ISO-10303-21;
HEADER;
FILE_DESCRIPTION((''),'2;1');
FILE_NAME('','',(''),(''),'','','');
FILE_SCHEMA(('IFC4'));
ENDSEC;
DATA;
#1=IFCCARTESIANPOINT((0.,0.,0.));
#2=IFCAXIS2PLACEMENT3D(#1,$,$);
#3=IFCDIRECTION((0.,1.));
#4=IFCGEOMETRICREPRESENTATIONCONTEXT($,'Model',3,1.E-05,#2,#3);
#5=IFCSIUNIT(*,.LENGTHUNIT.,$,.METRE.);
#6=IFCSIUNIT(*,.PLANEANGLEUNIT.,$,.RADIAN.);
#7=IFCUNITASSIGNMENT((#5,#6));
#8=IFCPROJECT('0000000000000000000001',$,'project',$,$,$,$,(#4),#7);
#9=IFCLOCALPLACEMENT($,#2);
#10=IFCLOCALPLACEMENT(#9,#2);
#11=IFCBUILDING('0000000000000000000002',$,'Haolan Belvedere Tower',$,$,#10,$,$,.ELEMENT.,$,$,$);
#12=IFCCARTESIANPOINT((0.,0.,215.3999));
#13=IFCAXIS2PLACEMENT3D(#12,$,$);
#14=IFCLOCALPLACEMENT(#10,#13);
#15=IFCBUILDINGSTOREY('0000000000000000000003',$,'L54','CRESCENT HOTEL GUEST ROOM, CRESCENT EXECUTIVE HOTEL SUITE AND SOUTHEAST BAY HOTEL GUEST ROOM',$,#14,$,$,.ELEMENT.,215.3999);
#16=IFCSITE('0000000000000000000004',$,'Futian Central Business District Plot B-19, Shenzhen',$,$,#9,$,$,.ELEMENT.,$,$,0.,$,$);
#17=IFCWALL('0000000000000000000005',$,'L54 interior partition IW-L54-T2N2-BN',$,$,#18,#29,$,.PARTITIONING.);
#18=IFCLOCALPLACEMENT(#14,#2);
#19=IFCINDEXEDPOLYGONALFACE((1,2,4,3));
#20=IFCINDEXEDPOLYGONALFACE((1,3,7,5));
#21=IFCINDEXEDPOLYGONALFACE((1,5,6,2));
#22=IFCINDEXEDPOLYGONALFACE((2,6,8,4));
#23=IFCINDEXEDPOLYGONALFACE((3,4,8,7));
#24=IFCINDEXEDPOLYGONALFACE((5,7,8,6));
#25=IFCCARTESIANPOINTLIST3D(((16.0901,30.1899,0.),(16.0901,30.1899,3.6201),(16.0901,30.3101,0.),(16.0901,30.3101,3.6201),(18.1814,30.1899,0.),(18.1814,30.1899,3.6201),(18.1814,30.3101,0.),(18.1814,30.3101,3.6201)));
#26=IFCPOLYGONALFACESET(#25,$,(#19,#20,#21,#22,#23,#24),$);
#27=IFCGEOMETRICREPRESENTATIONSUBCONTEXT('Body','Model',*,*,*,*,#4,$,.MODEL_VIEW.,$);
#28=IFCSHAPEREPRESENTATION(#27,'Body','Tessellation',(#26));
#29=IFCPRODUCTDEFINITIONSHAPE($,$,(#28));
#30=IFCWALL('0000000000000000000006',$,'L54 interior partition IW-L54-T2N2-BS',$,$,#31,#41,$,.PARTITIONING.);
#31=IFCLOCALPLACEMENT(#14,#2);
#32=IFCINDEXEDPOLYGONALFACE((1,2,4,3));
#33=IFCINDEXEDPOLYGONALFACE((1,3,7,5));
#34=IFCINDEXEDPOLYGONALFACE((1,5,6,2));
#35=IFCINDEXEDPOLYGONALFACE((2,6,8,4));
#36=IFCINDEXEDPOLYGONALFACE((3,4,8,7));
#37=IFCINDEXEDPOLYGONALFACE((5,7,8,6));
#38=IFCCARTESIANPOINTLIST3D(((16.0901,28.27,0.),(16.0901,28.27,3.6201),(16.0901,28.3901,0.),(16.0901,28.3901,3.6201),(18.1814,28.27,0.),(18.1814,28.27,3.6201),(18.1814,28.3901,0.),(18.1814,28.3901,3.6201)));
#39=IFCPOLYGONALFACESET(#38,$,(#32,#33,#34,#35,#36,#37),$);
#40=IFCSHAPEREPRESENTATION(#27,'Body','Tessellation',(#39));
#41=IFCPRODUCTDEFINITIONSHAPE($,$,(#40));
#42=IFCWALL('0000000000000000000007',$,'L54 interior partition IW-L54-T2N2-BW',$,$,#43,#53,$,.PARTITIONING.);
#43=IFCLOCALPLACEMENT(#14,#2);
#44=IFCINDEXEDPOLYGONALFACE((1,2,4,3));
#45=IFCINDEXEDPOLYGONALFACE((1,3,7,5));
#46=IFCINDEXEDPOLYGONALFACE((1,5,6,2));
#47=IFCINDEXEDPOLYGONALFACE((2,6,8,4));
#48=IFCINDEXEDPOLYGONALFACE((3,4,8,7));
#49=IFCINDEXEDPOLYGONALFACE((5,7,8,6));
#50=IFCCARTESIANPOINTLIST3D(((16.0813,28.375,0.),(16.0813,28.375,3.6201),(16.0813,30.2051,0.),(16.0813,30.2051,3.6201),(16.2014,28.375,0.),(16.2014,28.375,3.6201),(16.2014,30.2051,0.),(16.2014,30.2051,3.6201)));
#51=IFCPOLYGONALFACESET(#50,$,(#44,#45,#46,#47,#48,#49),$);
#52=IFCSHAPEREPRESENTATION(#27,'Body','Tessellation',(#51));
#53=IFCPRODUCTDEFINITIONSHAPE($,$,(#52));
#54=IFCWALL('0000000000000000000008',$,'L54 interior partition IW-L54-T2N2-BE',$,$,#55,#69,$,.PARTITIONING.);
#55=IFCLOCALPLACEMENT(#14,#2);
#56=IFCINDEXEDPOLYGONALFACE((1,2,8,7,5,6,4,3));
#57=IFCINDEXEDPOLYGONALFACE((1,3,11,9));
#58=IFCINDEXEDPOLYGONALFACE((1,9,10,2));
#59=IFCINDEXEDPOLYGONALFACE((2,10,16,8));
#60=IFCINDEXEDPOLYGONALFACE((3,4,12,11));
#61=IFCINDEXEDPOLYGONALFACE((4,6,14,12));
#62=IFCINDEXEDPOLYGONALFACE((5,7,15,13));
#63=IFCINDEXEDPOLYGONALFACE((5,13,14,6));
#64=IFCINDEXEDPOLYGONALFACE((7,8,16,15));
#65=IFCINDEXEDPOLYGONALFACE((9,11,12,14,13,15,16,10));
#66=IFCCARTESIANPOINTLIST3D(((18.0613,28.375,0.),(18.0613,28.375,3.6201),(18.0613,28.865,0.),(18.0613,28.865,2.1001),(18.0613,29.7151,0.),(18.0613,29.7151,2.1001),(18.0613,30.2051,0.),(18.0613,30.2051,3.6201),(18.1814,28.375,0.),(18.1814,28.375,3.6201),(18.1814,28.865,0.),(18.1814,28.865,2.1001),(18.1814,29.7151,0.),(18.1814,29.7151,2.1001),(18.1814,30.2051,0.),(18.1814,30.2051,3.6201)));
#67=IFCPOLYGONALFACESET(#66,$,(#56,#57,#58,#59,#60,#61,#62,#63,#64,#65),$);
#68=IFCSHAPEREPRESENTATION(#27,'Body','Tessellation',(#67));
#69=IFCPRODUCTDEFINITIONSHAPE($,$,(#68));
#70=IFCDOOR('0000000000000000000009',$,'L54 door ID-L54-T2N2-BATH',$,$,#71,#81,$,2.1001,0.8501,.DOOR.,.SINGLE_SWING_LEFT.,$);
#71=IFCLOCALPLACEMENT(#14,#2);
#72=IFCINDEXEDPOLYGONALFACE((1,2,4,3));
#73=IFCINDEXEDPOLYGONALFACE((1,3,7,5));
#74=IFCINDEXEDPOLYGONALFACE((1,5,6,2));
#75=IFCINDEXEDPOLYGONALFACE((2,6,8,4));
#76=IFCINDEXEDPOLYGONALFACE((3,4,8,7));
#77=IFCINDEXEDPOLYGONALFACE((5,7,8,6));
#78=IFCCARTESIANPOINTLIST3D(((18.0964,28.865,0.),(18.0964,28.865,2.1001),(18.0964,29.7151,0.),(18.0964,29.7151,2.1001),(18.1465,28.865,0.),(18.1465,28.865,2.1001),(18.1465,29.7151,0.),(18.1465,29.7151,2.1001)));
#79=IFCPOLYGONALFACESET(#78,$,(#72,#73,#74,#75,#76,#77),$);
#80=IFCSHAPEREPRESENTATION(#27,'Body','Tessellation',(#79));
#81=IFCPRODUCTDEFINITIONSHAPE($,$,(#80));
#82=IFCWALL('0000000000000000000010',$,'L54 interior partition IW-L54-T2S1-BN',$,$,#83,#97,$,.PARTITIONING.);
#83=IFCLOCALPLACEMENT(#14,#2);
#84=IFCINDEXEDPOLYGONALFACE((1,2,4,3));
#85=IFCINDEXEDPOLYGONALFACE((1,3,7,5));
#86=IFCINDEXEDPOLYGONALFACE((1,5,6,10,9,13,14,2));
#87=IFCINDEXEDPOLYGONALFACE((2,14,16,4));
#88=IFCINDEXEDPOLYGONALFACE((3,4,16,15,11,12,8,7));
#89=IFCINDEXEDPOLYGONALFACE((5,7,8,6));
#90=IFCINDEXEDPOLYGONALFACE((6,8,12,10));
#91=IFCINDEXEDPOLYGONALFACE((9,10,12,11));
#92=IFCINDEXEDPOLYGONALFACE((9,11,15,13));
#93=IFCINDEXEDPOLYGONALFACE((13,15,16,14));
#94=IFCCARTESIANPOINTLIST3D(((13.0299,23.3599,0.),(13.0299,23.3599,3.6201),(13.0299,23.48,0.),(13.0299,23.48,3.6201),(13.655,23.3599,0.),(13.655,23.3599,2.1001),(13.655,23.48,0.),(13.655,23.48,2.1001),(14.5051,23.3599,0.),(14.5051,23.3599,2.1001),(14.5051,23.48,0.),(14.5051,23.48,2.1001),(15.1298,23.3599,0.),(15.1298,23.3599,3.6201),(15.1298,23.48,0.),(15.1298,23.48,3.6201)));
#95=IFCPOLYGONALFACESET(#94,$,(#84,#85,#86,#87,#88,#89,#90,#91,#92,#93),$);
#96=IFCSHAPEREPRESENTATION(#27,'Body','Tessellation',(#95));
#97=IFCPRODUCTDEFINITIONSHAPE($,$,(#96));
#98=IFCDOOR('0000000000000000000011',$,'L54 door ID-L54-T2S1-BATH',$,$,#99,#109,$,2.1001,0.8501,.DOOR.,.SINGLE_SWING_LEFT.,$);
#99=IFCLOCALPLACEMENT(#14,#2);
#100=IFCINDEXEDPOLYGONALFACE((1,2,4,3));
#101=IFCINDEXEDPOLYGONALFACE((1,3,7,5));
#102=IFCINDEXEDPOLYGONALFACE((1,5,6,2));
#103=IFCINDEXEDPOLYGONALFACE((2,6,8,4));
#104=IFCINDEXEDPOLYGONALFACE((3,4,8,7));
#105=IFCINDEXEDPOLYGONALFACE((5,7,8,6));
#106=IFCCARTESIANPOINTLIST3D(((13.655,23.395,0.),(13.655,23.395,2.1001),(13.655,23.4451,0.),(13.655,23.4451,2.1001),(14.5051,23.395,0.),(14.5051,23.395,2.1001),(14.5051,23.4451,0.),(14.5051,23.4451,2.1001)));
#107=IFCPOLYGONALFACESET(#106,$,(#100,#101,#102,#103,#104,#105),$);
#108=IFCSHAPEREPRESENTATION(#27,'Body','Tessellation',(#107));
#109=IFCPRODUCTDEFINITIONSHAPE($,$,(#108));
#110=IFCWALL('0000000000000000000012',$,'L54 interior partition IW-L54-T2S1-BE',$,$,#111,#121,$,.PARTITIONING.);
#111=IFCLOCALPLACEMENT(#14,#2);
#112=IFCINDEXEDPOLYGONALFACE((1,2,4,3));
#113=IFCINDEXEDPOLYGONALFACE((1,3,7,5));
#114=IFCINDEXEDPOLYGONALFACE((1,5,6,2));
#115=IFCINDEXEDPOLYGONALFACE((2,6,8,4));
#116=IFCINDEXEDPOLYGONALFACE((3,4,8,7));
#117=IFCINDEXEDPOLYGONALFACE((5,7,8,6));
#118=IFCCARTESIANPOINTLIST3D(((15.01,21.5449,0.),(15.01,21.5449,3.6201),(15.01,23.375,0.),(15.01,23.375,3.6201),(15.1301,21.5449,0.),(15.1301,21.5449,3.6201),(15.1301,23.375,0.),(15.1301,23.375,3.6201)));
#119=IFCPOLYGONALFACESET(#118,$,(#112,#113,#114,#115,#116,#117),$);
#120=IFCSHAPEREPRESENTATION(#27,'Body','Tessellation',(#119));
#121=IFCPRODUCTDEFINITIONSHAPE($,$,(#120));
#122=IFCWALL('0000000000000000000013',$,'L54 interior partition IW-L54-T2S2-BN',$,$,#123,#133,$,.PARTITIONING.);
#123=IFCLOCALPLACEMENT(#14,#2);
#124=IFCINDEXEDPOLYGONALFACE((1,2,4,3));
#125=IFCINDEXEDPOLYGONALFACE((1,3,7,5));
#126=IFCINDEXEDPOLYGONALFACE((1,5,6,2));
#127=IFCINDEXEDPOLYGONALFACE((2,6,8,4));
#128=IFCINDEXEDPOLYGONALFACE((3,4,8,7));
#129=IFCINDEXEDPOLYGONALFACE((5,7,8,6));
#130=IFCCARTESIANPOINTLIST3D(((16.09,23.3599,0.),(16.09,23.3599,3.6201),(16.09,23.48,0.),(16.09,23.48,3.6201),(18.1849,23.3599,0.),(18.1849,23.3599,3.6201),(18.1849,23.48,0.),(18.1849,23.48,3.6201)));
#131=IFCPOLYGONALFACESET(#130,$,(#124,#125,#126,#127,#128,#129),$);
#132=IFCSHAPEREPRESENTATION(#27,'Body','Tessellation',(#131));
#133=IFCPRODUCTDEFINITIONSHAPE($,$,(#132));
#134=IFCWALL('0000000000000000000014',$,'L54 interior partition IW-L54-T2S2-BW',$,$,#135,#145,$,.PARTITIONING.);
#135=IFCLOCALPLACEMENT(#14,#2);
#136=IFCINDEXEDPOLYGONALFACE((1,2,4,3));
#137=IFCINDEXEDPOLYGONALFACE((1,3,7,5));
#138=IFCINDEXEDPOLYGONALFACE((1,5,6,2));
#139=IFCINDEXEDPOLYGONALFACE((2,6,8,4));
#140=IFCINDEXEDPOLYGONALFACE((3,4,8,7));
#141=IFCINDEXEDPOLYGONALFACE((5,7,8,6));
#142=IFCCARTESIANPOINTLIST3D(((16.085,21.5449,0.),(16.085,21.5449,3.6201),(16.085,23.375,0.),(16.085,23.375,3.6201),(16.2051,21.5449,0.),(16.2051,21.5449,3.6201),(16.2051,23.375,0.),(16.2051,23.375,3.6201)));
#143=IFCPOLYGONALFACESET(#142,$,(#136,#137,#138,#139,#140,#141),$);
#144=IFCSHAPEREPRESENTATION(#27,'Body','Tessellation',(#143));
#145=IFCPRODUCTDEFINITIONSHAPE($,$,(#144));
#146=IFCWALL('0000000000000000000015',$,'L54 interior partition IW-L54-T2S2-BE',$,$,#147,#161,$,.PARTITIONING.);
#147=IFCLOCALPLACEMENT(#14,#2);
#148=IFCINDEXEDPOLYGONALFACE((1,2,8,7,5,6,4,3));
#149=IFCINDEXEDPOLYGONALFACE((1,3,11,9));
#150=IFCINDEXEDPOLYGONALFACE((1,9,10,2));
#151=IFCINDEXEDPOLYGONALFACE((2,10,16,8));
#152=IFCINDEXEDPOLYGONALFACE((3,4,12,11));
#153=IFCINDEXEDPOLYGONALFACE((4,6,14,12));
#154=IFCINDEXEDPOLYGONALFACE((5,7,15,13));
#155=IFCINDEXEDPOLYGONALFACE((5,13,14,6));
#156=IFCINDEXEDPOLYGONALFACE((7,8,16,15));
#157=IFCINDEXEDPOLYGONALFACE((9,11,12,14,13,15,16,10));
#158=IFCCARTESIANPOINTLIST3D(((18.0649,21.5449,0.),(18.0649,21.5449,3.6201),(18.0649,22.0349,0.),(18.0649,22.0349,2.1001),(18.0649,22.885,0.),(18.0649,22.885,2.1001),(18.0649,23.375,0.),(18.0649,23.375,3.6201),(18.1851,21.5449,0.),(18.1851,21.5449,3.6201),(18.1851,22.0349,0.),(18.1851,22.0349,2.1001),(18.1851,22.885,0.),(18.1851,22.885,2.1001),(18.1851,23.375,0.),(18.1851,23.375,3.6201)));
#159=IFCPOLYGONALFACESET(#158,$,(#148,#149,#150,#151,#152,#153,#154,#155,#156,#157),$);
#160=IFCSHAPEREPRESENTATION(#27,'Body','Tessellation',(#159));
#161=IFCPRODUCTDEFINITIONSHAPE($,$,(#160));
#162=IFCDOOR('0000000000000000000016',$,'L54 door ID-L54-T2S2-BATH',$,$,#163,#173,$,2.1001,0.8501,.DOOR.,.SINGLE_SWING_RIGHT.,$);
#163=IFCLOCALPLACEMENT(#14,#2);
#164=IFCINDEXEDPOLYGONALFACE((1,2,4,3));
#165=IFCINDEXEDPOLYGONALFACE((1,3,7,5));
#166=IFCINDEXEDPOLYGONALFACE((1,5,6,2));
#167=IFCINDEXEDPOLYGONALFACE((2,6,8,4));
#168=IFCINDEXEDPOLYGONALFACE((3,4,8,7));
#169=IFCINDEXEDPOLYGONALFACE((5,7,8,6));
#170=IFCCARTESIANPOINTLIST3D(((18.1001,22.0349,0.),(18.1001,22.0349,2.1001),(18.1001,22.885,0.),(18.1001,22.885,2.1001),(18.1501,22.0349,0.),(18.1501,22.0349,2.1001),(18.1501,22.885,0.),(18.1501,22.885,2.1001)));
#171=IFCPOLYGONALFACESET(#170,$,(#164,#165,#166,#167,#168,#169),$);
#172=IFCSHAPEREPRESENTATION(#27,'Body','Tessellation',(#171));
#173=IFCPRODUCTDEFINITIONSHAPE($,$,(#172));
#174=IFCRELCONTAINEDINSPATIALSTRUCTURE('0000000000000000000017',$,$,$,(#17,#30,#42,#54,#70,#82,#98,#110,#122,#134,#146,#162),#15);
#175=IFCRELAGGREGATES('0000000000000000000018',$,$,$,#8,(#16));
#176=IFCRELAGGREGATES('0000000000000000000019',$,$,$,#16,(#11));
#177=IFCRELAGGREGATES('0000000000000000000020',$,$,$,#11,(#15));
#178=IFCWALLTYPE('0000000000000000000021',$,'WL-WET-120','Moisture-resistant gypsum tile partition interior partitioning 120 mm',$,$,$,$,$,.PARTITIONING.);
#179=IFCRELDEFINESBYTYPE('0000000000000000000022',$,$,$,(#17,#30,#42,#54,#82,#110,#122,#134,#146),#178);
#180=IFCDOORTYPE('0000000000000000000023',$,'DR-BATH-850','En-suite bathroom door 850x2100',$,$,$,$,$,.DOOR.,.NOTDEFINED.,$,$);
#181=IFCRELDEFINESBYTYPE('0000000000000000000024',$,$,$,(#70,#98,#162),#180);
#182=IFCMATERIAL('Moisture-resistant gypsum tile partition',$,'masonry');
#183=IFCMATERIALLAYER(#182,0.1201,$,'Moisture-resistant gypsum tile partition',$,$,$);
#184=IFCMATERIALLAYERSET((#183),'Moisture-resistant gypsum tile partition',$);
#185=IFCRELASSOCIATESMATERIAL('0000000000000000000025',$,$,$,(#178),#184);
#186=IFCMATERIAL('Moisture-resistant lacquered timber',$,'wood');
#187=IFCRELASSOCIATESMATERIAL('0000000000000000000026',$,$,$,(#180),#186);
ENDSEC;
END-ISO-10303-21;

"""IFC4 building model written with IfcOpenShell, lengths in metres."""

from ifc_helpers import new_model, si_unit, direction, frame, frame_2d, origin, place, context, subcontext, project, spatial, rectangle, extrude, material, layer, layer_set, type_object, element, fill, save


model = new_model("IFC4")

# Units and contexts
model_context = context("Model", 3, precision=1e-05, world=origin(), true_north=direction((0.0, 1.0)))
body_context = subcontext(model_context, "Body", "Model", "MODEL_VIEW")
ifc_project = project(units=[si_unit("LENGTHUNIT", "METRE"), si_unit("PLANEANGLEUNIT", "RADIAN")], contexts=[model_context])

# Site, building, storey
site_placement = place(None, origin())
site = spatial("IfcSite", under=ifc_project, at=site_placement, Name="Futian Central Business District Plot B-19, Shenzhen", CompositionType="ELEMENT", RefElevation=0.0)
building_placement = place(site_placement, origin())
building = spatial("IfcBuilding", under=site, at=building_placement, Name="Haolan Belvedere Tower", CompositionType="ELEMENT")
storey_placement = place(building_placement, frame((0.0, 0.0, 215.3999)))
storey = spatial("IfcBuildingStorey", under=building, at=storey_placement, Name="L54", Description="CRESCENT HOTEL GUEST ROOM, CRESCENT EXECUTIVE HOTEL SUITE AND SOUTHEAST BAY HOTEL GUEST ROOM", CompositionType="ELEMENT", Elevation=215.3999)

# Shared definitions
ifc_material_1 = material(Name="Moisture-resistant gypsum tile partition", Category="masonry")
ifc_layer_1 = layer(ifc_material_1, 0.1201, Name="Moisture-resistant gypsum tile partition")
ifc_layer_set_1 = layer_set([ifc_layer_1], Name="Moisture-resistant gypsum tile partition")
wall_type_1 = type_object("IfcWallType", Name="WL-WET-120", Description="Moisture-resistant gypsum tile partition interior partitioning 120 mm", PredefinedType="PARTITIONING", material=ifc_layer_set_1)
ifc_material_2 = material(Name="Moisture-resistant lacquered timber", Category="wood")
door_type_1 = type_object("IfcDoorType", Name="DR-BATH-850", Description="En-suite bathroom door 850x2100", OperationType="NOTDEFINED", PredefinedType="DOOR", material=ifc_material_2)

# Walls
for number, where, z_axis, x_axis, name in (
    (1, (16.0901, 30.25, 0.0), (0.0, 0.0, 1.0), (1.0, 0.0, 0.0), "L54 interior partition IW-L54-T2N2-BN"),
    (2, (16.0901, 28.3301, 0.0), (0.0, 0.0, 1.0), (1.0, 0.0, 0.0), "L54 interior partition IW-L54-T2N2-BS"),
):
    element("IfcWall", number, at=place(storey_placement, frame(where, z_axis=z_axis, x_axis=x_axis)), inside=storey, type_object=wall_type_1, Name=name, PredefinedType="PARTITIONING", context=body_context, shape_type="SweptSolid", body=[
        extrude(rectangle(XDim=2.0913, YDim=0.1201, at=frame_2d((1.0457, 0.0))), origin(), (0.0, 0.0, 1.0), 3.6201),
    ])
wall_1_placement = place(storey_placement, frame((16.1414, 28.375, 0.0), z_axis=(0.0, 0.0, 1.0), x_axis=(0.0, 1.0, 0.0)))
element("IfcWall", 3, at=wall_1_placement, inside=storey, type_object=wall_type_1, Name="L54 interior partition IW-L54-T2N2-BW", PredefinedType="PARTITIONING", context=body_context, shape_type="SweptSolid", body=[
    extrude(rectangle(XDim=1.8301, YDim=0.1201, at=frame_2d((0.915, 0.0))), origin(), (0.0, 0.0, 1.0), 3.6201),
])

# Walls, openings, doors
wall_2_placement = place(storey_placement, frame((18.1213, 28.375, 0.0), z_axis=(0.0, 0.0, 1.0), x_axis=(0.0, 1.0, 0.0)))
wall_2 = element("IfcWall", 4, at=wall_2_placement, inside=storey, type_object=wall_type_1, Name="L54 interior partition IW-L54-T2N2-BE", PredefinedType="PARTITIONING", context=body_context, shape_type="SweptSolid", body=[
    extrude(rectangle(XDim=1.8301, YDim=0.1201, at=frame_2d((0.915, 0.0))), origin(), (0.0, 0.0, 1.0), 3.6201),
])
opening_1_placement = place(wall_2_placement, frame((0.49, 0.0, 0.0)))
opening_1 = element("IfcOpeningElement", 5, at=opening_1_placement, cuts=wall_2, PredefinedType="OPENING", context=body_context, shape_type="SweptSolid", body=[
    extrude(rectangle(XDim=0.8501, YDim=2.1001, at=frame_2d((0.425, 1.05))), frame((0.0, 0.0701, 0.0), z_axis=(0.0, -1.0, 0.0), x_axis=(1.0, 0.0, 0.0)), (0.0, 0.0, 1.0), 0.1401),
])
door_1_placement = place(opening_1_placement, origin())
door_1 = element("IfcDoor", 6, at=door_1_placement, inside=storey, type_object=door_type_1, Name="L54 door ID-L54-T2N2-BATH", OperationType="SINGLE_SWING_LEFT", OverallHeight=2.1001, OverallWidth=0.8501, PredefinedType="DOOR", context=body_context, shape_type="SweptSolid", body=[
    extrude(rectangle(XDim=0.8501, YDim=2.1001, at=frame_2d((0.425, 1.05))), frame((0.0, 0.0249, 0.0), z_axis=(0.0, -1.0, 0.0), x_axis=(1.0, 0.0, 0.0)), (0.0, 0.0, 1.0), 0.05),
])
fill(opening_1, door_1)
wall_3_placement = place(storey_placement, frame((13.03, 23.4199, 0.0), z_axis=(0.0, 0.0, 1.0), x_axis=(1.0, 0.0, 0.0)))
wall_3 = element("IfcWall", 7, at=wall_3_placement, inside=storey, type_object=wall_type_1, Name="L54 interior partition IW-L54-T2S1-BN", PredefinedType="PARTITIONING", context=body_context, shape_type="SweptSolid", body=[
    extrude(rectangle(XDim=2.0999, YDim=0.1201, at=frame_2d((1.0498, 0.0))), origin(), (0.0, 0.0, 1.0), 3.6201),
])
opening_2_placement = place(wall_3_placement, frame((1.4751, 0.0, 0.0), z_axis=(0.0, 0.0, 1.0), x_axis=(-1.0, 0.0, 0.0)))
opening_2 = element("IfcOpeningElement", 8, at=opening_2_placement, cuts=wall_3, PredefinedType="OPENING", context=body_context, shape_type="SweptSolid", body=[
    extrude(rectangle(XDim=0.8501, YDim=2.1001, at=frame_2d((0.425, 1.05))), frame((0.0, 0.0701, 0.0), z_axis=(0.0, -1.0, 0.0), x_axis=(1.0, 0.0, 0.0)), (0.0, 0.0, 1.0), 0.1401),
])
door_2_placement = place(opening_2_placement, origin())
door_2 = element("IfcDoor", 9, at=door_2_placement, inside=storey, type_object=door_type_1, Name="L54 door ID-L54-T2S1-BATH", OperationType="SINGLE_SWING_LEFT", OverallHeight=2.1001, OverallWidth=0.8501, PredefinedType="DOOR", context=body_context, shape_type="SweptSolid", body=[
    extrude(rectangle(XDim=0.8501, YDim=2.1001, at=frame_2d((0.425, 1.05))), frame((0.0, 0.0249, 0.0), z_axis=(0.0, -1.0, 0.0), x_axis=(1.0, 0.0, 0.0)), (0.0, 0.0, 1.0), 0.05),
])
fill(opening_2, door_2)

# Walls
wall_4_placement = place(storey_placement, frame((15.0701, 21.5449, 0.0), z_axis=(0.0, 0.0, 1.0), x_axis=(0.0, 1.0, 0.0)))
element("IfcWall", 10, at=wall_4_placement, inside=storey, type_object=wall_type_1, Name="L54 interior partition IW-L54-T2S1-BE", PredefinedType="PARTITIONING", context=body_context, shape_type="SweptSolid", body=[
    extrude(rectangle(XDim=1.8301, YDim=0.1201, at=frame_2d((0.915, 0.0))), origin(), (0.0, 0.0, 1.0), 3.6201),
])
wall_5_placement = place(storey_placement, frame((16.0901, 23.4199, 0.0), z_axis=(0.0, 0.0, 1.0), x_axis=(1.0, 0.0, 0.0)))
element("IfcWall", 11, at=wall_5_placement, inside=storey, type_object=wall_type_1, Name="L54 interior partition IW-L54-T2S2-BN", PredefinedType="PARTITIONING", context=body_context, shape_type="SweptSolid", body=[
    extrude(rectangle(XDim=2.095, YDim=0.1201, at=frame_2d((1.0474, 0.0))), origin(), (0.0, 0.0, 1.0), 3.6201),
])
wall_6_placement = place(storey_placement, frame((16.145, 21.5449, 0.0), z_axis=(0.0, 0.0, 1.0), x_axis=(0.0, 1.0, 0.0)))
element("IfcWall", 12, at=wall_6_placement, inside=storey, type_object=wall_type_1, Name="L54 interior partition IW-L54-T2S2-BW", PredefinedType="PARTITIONING", context=body_context, shape_type="SweptSolid", body=[
    extrude(rectangle(XDim=1.8301, YDim=0.1201, at=frame_2d((0.915, 0.0))), origin(), (0.0, 0.0, 1.0), 3.6201),
])

# Wall, opening, door
wall_7_placement = place(storey_placement, frame((18.125, 21.5449, 0.0), z_axis=(0.0, 0.0, 1.0), x_axis=(0.0, 1.0, 0.0)))
wall_7 = element("IfcWall", 13, at=wall_7_placement, inside=storey, type_object=wall_type_1, Name="L54 interior partition IW-L54-T2S2-BE", PredefinedType="PARTITIONING", context=body_context, shape_type="SweptSolid", body=[
    extrude(rectangle(XDim=1.8301, YDim=0.1201, at=frame_2d((0.915, 0.0))), origin(), (0.0, 0.0, 1.0), 3.6201),
])
opening_3_placement = place(wall_7_placement, frame((0.49, 0.0, 0.0)))
opening_3 = element("IfcOpeningElement", 14, at=opening_3_placement, cuts=wall_7, PredefinedType="OPENING", context=body_context, shape_type="SweptSolid", body=[
    extrude(rectangle(XDim=0.8501, YDim=2.1001, at=frame_2d((0.425, 1.05))), frame((0.0, 0.0701, 0.0), z_axis=(0.0, -1.0, 0.0), x_axis=(1.0, 0.0, 0.0)), (0.0, 0.0, 1.0), 0.1401),
])
door_3_placement = place(opening_3_placement, origin())
door_3 = element("IfcDoor", 15, at=door_3_placement, inside=storey, type_object=door_type_1, Name="L54 door ID-L54-T2S2-BATH", OperationType="SINGLE_SWING_RIGHT", OverallHeight=2.1001, OverallWidth=0.8501, PredefinedType="DOOR", context=body_context, shape_type="SweptSolid", body=[
    extrude(rectangle(XDim=0.8501, YDim=2.1001, at=frame_2d((0.425, 1.05))), frame((0.0, 0.0249, 0.0), z_axis=(0.0, -1.0, 0.0), x_axis=(1.0, 0.0, 0.0)), (0.0, 0.0, 1.0), 0.05),
])
fill(opening_3, door_3)

save(model, "model.ifc")
